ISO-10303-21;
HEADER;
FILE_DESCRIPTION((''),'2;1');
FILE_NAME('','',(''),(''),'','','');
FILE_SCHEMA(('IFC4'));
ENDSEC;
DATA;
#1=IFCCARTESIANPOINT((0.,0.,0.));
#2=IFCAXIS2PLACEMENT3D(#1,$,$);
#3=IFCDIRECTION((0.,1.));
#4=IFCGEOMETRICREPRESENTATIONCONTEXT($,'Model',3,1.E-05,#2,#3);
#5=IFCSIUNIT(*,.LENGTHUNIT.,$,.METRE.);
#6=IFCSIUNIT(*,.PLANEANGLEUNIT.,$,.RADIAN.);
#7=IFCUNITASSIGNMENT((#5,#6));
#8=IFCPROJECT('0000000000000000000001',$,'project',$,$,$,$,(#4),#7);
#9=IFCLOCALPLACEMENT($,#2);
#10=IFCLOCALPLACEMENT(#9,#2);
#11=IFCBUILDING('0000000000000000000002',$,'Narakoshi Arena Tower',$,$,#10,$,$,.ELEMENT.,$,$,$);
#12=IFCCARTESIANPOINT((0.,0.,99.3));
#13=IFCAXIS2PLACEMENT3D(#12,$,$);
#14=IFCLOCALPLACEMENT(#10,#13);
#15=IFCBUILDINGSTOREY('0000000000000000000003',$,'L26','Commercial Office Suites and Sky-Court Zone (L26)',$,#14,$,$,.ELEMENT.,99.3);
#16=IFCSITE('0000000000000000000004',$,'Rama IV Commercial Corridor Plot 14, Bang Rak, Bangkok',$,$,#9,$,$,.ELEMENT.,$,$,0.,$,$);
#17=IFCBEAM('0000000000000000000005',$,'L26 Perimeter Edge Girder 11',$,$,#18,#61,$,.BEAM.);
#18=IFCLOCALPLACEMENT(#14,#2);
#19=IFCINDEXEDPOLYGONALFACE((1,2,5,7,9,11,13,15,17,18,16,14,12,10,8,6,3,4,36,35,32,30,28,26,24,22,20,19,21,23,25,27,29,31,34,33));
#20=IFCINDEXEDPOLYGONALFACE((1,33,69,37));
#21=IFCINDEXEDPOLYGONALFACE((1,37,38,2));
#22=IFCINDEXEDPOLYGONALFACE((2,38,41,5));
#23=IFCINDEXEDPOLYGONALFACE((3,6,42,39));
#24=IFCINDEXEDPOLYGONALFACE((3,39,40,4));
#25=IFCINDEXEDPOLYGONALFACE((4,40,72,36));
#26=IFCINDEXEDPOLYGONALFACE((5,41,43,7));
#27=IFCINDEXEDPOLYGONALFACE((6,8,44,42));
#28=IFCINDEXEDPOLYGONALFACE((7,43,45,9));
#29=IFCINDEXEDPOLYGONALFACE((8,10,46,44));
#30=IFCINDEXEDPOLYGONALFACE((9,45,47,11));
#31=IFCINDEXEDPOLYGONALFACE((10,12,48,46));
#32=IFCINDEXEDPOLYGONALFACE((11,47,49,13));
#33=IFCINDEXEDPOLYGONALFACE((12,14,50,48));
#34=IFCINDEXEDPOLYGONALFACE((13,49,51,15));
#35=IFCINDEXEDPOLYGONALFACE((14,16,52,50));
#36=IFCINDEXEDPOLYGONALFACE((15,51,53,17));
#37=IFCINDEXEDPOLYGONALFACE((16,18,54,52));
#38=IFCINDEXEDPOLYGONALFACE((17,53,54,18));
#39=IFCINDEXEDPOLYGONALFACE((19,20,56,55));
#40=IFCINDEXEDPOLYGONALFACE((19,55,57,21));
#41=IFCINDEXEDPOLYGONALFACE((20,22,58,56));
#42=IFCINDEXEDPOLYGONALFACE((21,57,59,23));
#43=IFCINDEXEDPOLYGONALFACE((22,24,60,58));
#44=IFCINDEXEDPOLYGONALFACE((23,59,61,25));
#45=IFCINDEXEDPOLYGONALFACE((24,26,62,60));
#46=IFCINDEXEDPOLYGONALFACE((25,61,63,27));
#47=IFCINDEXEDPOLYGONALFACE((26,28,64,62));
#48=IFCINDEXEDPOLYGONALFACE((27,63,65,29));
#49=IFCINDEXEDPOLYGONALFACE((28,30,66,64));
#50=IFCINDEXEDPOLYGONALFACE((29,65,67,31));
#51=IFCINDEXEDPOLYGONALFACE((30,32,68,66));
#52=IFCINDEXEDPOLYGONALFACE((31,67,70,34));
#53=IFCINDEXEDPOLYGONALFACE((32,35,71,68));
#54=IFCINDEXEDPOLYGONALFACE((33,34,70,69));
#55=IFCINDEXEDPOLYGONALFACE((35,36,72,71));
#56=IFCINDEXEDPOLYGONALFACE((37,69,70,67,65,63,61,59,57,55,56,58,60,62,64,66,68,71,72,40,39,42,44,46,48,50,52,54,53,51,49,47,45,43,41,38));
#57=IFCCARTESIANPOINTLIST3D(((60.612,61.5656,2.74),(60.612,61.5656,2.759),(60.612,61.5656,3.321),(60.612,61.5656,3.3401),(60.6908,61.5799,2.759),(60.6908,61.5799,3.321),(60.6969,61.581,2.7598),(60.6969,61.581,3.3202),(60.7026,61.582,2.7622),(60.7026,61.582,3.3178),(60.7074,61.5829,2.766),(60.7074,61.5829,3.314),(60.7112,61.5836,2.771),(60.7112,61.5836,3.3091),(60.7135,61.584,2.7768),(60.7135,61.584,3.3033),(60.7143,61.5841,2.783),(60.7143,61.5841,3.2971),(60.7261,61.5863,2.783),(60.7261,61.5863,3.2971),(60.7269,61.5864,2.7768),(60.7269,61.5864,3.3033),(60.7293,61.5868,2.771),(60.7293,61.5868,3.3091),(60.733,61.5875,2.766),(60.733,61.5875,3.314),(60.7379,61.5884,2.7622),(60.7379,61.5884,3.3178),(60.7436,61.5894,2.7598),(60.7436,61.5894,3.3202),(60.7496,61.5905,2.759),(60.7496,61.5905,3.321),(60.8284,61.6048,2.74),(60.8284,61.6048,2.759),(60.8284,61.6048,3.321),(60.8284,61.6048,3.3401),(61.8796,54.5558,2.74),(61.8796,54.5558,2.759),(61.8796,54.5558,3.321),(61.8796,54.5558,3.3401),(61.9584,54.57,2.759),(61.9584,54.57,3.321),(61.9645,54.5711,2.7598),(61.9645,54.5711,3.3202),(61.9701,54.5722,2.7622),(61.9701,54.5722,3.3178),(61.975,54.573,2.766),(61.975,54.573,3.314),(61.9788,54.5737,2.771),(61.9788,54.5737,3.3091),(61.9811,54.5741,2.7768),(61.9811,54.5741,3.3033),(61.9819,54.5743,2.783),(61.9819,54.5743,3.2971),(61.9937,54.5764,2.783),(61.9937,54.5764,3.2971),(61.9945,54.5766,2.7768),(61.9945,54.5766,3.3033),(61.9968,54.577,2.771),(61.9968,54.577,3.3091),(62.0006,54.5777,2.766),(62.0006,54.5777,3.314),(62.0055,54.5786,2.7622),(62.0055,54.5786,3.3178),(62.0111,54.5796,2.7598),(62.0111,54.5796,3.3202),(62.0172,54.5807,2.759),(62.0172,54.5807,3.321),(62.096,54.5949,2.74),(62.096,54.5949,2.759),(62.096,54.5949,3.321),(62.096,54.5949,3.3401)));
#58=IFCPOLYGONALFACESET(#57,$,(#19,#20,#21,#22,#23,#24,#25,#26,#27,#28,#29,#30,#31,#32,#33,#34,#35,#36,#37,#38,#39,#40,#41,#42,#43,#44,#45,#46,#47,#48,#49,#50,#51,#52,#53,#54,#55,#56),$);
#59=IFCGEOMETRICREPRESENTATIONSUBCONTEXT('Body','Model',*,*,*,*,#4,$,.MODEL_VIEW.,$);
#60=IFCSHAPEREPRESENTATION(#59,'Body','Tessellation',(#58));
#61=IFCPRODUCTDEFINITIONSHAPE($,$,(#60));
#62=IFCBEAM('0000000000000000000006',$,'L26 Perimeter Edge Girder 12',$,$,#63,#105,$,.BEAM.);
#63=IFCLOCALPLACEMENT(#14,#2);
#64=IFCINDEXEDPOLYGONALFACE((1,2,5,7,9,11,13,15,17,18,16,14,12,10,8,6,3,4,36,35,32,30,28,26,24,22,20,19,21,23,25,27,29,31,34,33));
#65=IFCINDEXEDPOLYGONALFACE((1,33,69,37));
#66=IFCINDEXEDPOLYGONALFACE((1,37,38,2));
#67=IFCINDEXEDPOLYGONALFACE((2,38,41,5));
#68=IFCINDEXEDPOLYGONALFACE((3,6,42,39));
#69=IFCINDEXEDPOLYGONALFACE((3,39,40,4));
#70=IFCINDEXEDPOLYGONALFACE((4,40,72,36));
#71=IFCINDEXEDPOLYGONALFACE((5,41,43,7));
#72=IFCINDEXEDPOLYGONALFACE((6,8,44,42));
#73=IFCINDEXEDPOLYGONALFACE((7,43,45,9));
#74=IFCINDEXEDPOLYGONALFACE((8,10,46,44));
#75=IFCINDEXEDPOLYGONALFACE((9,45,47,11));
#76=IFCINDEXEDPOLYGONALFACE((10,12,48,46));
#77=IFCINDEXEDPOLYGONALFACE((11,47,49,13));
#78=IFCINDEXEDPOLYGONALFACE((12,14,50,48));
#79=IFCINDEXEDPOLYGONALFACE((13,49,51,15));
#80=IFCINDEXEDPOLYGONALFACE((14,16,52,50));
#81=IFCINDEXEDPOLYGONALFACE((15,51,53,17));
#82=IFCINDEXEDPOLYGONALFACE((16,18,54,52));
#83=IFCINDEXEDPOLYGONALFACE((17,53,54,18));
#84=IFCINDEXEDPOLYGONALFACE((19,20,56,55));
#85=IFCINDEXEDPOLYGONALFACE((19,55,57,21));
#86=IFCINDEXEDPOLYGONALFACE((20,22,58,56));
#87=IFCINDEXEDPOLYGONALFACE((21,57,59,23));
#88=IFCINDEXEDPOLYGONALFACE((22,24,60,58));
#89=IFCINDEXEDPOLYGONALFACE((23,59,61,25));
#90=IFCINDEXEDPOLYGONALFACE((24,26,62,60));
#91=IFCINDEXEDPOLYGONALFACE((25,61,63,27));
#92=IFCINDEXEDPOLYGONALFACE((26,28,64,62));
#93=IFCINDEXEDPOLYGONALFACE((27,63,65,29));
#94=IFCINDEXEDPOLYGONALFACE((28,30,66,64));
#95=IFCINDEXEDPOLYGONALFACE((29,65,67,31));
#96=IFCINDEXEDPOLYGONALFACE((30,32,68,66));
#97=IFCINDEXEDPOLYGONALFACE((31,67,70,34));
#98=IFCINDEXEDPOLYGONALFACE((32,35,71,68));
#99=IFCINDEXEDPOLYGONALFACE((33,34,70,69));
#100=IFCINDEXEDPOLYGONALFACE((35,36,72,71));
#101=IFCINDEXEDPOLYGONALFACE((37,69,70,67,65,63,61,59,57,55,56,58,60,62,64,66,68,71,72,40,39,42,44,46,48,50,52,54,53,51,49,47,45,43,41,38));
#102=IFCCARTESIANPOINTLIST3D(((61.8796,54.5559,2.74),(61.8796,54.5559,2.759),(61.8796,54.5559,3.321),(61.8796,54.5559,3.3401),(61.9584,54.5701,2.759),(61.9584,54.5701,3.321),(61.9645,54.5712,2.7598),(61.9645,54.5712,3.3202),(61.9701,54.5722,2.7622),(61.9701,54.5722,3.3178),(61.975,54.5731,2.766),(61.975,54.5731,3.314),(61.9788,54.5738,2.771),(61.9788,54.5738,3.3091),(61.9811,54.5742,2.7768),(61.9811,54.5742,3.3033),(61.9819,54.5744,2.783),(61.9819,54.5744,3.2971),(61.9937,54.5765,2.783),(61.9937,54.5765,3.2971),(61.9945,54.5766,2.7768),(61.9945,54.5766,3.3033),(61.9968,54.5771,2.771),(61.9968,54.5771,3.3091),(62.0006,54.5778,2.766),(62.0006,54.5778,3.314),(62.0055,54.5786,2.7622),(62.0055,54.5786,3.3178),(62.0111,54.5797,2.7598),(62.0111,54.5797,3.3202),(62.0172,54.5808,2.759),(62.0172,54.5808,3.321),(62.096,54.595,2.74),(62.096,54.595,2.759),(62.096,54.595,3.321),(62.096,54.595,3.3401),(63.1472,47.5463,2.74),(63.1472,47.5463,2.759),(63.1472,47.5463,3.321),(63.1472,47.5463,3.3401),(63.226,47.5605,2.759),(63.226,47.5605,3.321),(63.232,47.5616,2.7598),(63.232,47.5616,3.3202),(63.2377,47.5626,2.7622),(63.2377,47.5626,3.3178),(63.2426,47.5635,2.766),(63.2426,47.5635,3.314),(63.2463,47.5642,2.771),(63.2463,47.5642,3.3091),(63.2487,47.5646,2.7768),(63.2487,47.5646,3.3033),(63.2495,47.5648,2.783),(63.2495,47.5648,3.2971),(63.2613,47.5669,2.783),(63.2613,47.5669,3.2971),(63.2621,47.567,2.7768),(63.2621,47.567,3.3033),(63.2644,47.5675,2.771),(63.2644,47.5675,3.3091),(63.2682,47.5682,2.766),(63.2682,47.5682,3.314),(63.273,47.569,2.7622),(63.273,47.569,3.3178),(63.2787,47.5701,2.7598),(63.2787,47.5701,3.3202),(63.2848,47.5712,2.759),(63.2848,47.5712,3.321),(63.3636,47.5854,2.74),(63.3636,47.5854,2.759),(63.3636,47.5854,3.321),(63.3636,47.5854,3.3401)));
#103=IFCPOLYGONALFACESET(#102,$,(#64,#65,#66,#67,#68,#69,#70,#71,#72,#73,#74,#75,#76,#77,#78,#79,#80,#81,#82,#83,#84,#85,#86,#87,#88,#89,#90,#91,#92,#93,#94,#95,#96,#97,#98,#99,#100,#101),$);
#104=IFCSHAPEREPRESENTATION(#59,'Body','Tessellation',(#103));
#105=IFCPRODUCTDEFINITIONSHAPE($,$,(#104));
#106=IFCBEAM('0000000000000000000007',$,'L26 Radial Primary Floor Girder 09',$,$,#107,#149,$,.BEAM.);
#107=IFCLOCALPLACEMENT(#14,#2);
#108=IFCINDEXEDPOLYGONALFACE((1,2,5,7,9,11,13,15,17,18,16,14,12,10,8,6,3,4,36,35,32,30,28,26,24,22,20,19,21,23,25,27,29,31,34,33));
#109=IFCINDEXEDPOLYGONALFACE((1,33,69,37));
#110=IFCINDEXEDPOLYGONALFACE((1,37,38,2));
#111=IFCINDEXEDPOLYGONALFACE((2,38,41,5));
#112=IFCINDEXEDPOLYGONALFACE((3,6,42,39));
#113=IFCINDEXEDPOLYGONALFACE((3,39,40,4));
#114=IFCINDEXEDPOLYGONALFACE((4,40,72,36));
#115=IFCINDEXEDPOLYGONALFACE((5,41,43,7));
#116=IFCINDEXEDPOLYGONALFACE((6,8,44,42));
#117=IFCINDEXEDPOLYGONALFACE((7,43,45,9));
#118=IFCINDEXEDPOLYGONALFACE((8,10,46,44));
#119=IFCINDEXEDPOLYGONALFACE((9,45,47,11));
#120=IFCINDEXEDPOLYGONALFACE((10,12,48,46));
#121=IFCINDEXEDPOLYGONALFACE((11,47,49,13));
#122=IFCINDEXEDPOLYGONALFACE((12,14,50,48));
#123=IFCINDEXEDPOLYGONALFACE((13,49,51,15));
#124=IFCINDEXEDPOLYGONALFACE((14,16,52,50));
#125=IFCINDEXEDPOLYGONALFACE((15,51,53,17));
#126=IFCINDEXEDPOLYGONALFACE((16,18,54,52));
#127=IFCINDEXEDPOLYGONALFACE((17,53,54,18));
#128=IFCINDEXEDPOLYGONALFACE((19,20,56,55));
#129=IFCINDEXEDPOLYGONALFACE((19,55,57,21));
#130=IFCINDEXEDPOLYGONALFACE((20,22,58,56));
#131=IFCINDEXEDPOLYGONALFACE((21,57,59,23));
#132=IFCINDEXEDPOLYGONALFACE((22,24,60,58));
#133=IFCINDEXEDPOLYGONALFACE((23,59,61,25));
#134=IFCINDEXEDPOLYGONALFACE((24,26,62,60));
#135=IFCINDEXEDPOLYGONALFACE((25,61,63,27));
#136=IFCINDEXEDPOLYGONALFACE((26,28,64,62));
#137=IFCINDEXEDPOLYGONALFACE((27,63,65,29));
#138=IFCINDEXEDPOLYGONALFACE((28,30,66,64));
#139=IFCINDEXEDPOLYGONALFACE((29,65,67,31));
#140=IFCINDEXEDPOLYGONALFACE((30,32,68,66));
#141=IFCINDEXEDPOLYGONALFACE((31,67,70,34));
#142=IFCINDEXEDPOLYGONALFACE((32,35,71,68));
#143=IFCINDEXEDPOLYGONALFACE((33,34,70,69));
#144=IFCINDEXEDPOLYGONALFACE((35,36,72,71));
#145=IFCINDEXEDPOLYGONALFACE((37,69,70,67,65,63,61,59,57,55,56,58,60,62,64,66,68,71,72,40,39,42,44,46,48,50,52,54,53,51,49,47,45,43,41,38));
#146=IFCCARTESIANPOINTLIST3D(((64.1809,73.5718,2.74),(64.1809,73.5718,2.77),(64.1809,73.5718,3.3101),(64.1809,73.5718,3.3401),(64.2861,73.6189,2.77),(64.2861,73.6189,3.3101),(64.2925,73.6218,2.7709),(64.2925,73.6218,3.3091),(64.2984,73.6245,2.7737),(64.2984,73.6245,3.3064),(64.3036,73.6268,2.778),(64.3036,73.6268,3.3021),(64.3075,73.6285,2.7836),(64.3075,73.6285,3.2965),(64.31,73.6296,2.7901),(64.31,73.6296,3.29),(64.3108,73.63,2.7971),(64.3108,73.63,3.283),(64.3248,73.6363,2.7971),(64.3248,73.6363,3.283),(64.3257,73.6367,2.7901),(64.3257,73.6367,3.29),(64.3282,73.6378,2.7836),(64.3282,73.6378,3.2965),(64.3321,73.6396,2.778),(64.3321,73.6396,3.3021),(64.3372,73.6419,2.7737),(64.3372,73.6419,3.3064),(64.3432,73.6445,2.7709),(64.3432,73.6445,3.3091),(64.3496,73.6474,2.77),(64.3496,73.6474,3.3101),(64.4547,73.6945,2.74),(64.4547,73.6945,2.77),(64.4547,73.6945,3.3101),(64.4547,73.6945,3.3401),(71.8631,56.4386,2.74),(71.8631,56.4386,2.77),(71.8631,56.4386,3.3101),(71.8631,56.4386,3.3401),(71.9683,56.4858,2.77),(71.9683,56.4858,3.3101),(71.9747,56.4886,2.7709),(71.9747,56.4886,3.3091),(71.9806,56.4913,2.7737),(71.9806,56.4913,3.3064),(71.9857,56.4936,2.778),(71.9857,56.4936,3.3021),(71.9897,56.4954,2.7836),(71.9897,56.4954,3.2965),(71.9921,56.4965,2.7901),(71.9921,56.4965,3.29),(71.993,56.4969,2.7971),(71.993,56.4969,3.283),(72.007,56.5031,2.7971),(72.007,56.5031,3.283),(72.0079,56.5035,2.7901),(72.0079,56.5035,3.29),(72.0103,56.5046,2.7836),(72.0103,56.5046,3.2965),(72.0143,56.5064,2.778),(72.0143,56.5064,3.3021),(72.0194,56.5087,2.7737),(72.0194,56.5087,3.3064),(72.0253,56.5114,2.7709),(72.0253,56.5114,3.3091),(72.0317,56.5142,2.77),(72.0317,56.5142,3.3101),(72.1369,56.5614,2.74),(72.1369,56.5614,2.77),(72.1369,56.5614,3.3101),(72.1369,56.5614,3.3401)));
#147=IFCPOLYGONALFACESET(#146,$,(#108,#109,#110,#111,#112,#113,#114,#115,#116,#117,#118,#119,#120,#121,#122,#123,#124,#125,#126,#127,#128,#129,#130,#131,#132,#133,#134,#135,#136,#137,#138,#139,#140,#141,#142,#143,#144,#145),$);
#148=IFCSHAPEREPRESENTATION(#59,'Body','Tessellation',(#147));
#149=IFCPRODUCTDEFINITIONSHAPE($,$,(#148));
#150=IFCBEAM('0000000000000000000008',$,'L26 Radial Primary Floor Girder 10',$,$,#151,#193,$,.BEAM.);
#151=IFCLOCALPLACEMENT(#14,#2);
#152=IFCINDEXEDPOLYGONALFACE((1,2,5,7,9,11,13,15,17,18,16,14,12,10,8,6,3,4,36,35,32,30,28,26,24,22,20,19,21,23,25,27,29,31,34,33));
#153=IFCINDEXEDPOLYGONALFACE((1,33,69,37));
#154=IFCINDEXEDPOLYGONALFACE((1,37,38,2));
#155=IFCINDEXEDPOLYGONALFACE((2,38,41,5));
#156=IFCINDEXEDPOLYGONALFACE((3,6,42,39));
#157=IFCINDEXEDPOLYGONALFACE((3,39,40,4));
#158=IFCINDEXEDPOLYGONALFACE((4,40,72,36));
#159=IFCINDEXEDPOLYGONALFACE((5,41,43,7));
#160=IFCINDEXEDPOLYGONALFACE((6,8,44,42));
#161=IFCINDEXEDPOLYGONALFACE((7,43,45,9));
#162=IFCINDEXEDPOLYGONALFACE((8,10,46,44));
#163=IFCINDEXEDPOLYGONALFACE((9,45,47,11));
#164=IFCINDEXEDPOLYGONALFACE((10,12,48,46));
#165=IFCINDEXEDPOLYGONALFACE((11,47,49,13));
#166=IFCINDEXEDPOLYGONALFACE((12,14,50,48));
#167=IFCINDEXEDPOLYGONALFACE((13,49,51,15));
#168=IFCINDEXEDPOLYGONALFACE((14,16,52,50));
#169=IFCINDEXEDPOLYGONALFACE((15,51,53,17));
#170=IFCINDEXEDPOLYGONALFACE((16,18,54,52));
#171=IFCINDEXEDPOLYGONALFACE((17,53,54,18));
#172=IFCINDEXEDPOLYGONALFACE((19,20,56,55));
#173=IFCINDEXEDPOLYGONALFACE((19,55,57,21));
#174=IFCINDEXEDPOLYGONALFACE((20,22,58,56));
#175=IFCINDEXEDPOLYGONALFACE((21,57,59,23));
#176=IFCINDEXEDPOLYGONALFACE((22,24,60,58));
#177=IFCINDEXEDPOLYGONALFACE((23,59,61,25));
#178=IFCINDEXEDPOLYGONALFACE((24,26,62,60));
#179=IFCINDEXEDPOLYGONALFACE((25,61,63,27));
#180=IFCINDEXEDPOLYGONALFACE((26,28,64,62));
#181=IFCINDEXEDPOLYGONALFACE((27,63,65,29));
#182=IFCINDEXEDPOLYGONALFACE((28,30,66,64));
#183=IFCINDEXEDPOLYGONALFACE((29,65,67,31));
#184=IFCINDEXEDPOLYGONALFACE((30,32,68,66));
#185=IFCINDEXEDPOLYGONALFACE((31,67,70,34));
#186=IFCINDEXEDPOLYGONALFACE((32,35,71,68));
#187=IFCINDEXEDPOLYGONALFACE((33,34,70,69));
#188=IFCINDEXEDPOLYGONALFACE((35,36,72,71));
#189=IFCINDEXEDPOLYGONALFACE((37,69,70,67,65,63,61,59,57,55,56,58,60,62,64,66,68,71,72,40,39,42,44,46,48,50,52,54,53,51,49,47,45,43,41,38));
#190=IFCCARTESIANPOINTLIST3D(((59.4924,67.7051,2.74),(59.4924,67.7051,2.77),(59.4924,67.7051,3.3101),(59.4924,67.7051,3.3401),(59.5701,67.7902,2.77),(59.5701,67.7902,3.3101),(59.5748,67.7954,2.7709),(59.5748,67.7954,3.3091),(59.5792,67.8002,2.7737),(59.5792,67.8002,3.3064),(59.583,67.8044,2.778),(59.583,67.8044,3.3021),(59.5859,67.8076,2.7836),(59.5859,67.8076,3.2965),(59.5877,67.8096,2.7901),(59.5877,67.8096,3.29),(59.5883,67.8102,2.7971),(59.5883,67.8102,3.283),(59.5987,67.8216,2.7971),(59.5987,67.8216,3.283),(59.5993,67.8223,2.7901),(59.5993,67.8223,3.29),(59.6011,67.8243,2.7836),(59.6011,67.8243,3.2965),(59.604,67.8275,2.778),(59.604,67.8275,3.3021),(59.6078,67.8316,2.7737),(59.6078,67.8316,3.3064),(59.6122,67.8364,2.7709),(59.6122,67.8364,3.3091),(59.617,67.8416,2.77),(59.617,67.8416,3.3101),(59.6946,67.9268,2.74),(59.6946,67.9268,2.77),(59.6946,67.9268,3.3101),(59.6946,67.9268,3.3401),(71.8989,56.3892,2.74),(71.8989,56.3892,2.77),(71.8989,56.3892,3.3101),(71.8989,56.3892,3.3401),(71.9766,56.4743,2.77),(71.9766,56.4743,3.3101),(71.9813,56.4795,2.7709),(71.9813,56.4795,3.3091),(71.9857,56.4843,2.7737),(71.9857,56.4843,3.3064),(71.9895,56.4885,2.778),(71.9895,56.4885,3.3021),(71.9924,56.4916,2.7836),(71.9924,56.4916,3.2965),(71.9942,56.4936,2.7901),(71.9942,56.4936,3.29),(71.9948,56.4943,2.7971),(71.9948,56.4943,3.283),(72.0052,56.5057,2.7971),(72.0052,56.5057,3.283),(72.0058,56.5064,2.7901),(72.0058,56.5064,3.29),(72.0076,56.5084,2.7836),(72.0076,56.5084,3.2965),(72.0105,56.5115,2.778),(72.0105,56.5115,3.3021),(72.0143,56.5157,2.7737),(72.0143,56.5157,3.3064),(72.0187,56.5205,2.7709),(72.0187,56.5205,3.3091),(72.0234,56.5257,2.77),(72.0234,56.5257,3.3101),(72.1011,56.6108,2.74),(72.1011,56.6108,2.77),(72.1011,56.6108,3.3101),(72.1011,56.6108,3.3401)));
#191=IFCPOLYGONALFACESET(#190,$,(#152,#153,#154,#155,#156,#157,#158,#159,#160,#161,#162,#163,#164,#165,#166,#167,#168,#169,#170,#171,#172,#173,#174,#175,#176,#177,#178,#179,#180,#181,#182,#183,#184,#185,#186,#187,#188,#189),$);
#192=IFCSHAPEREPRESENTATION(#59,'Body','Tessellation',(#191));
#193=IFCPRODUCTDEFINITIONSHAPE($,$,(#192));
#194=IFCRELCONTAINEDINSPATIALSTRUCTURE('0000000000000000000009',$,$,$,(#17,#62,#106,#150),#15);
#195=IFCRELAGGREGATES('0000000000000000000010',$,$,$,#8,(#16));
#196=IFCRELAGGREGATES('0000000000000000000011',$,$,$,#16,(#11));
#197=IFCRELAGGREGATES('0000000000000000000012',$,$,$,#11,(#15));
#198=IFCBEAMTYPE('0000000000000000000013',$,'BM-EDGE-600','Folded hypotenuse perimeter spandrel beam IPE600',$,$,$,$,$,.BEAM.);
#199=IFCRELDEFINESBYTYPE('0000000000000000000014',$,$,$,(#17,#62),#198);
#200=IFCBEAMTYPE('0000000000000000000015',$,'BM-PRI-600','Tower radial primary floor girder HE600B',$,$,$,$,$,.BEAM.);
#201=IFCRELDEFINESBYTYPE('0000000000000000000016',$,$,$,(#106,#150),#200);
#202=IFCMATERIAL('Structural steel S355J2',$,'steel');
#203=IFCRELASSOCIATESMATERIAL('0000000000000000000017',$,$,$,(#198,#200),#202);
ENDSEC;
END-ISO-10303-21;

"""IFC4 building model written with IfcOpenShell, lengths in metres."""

from ifc_helpers import new_model, si_unit, direction, frame, origin, origin_2d, place, context, subcontext, project, spatial, i_section, extrude, material, material_profile, profile_set, type_object, element, save


model = new_model("IFC4")

# Units and contexts
model_context = context("Model", 3, precision=1e-05, world=origin(), true_north=direction((0.0, 1.0)))
body_context = subcontext(model_context, "Body", "Model", "MODEL_VIEW")
ifc_project = project(units=[si_unit("LENGTHUNIT", "METRE"), si_unit("PLANEANGLEUNIT", "RADIAN")], contexts=[model_context])

# Site, building, storey
site_placement = place(None, origin())
site = spatial("IfcSite", under=ifc_project, at=site_placement, Name="Rama IV Commercial Corridor Plot 14, Bang Rak, Bangkok", CompositionType="ELEMENT", RefElevation=0.0)
building_placement = place(site_placement, origin())
building = spatial("IfcBuilding", under=site, at=building_placement, Name="Narakoshi Arena Tower", CompositionType="ELEMENT")
storey_placement = place(building_placement, frame((0.0, 0.0, 99.3)))
storey = spatial("IfcBuildingStorey", under=building, at=storey_placement, Name="L26", Description="Commercial Office Suites and Sky-Court Zone (L26)", CompositionType="ELEMENT", Elevation=99.3)

# Beams
ifc_material_1 = material(Name="Structural steel S355J2", Category="steel")
ifc_material_profile_1 = material_profile(ifc_material_1, i_section(OverallWidth=0.22, OverallDepth=0.6001, WebThickness=0.012, FlangeThickness=0.019, FilletRadius=0.0239, at=origin_2d()), Name="IPE600")
ifc_profile_set_1 = profile_set([ifc_material_profile_1], Name="Structural steel S355J2")
beam_type_1 = type_object("IfcBeamType", Name="BM-EDGE-600", Description="Folded hypotenuse perimeter spandrel beam IPE600", PredefinedType="BEAM", material=ifc_profile_set_1)
beam_1_placement = place(storey_placement, frame((60.7202, 61.5852, 3.04), z_axis=(0.177944, -0.984041, 0.0), x_axis=(0.984041, 0.177944, 0.0)))
element("IfcBeam", 1, at=beam_1_placement, inside=storey, type_object=beam_type_1, Name="L26 Perimeter Edge Girder 11", PredefinedType="BEAM", context=body_context, shape_type="SweptSolid", body=[
    extrude(i_section(OverallWidth=0.22, OverallDepth=0.6001, WebThickness=0.012, FlangeThickness=0.019, FilletRadius=0.0239, at=origin_2d()), origin(), (0.0, 0.0, 1.0), 7.1235),
])
beam_2_placement = place(storey_placement, frame((61.9878, 54.5754, 3.04), z_axis=(0.17795, -0.984039, 0.0), x_axis=(0.984039, 0.17795, 0.0)))
element("IfcBeam", 2, at=beam_2_placement, inside=storey, type_object=beam_type_1, Name="L26 Perimeter Edge Girder 12", PredefinedType="BEAM", context=body_context, shape_type="SweptSolid", body=[
    extrude(i_section(OverallWidth=0.22, OverallDepth=0.6001, WebThickness=0.012, FlangeThickness=0.019, FilletRadius=0.0239, at=origin_2d()), origin(), (0.0, 0.0, 1.0), 7.1233),
])
ifc_material_profile_2 = material_profile(ifc_material_1, i_section(OverallWidth=0.3, OverallDepth=0.6001, WebThickness=0.0154, FlangeThickness=0.03, FilletRadius=0.0271, at=origin_2d()), Name="HE600B")
ifc_profile_set_2 = profile_set([ifc_material_profile_2], Name="Structural steel S355J2")
beam_type_2 = type_object("IfcBeamType", Name="BM-PRI-600", Description="Tower radial primary floor girder HE600B", PredefinedType="BEAM", material=ifc_profile_set_2)
beam_3_placement = place(storey_placement, frame((72.0, 56.5, 3.04), z_axis=(-0.409135, 0.912474, 0.0), x_axis=(-0.912474, -0.409135, 0.0)))
element("IfcBeam", 3, at=beam_3_placement, inside=storey, type_object=beam_type_2, Name="L26 Radial Primary Floor Girder 09", PredefinedType="BEAM", context=body_context, shape_type="SweptSolid", body=[
    extrude(i_section(OverallWidth=0.3, OverallDepth=0.6001, WebThickness=0.0154, FlangeThickness=0.03, FilletRadius=0.0271, at=origin_2d()), origin(), (0.0, 0.0, 1.0), 18.7766),
])
beam_4_placement = place(storey_placement, frame((72.0, 56.5, 3.04), z_axis=(-0.738834, 0.673888, 0.0), x_axis=(-0.673888, -0.738834, 0.0)))
element("IfcBeam", 4, at=beam_4_placement, inside=storey, type_object=beam_type_2, Name="L26 Radial Primary Floor Girder 10", PredefinedType="BEAM", context=body_context, shape_type="SweptSolid", body=[
    extrude(i_section(OverallWidth=0.3, OverallDepth=0.6001, WebThickness=0.0154, FlangeThickness=0.03, FilletRadius=0.0271, at=origin_2d()), origin(), (0.0, 0.0, 1.0), 16.792),
])

save(model, "model.ifc")
